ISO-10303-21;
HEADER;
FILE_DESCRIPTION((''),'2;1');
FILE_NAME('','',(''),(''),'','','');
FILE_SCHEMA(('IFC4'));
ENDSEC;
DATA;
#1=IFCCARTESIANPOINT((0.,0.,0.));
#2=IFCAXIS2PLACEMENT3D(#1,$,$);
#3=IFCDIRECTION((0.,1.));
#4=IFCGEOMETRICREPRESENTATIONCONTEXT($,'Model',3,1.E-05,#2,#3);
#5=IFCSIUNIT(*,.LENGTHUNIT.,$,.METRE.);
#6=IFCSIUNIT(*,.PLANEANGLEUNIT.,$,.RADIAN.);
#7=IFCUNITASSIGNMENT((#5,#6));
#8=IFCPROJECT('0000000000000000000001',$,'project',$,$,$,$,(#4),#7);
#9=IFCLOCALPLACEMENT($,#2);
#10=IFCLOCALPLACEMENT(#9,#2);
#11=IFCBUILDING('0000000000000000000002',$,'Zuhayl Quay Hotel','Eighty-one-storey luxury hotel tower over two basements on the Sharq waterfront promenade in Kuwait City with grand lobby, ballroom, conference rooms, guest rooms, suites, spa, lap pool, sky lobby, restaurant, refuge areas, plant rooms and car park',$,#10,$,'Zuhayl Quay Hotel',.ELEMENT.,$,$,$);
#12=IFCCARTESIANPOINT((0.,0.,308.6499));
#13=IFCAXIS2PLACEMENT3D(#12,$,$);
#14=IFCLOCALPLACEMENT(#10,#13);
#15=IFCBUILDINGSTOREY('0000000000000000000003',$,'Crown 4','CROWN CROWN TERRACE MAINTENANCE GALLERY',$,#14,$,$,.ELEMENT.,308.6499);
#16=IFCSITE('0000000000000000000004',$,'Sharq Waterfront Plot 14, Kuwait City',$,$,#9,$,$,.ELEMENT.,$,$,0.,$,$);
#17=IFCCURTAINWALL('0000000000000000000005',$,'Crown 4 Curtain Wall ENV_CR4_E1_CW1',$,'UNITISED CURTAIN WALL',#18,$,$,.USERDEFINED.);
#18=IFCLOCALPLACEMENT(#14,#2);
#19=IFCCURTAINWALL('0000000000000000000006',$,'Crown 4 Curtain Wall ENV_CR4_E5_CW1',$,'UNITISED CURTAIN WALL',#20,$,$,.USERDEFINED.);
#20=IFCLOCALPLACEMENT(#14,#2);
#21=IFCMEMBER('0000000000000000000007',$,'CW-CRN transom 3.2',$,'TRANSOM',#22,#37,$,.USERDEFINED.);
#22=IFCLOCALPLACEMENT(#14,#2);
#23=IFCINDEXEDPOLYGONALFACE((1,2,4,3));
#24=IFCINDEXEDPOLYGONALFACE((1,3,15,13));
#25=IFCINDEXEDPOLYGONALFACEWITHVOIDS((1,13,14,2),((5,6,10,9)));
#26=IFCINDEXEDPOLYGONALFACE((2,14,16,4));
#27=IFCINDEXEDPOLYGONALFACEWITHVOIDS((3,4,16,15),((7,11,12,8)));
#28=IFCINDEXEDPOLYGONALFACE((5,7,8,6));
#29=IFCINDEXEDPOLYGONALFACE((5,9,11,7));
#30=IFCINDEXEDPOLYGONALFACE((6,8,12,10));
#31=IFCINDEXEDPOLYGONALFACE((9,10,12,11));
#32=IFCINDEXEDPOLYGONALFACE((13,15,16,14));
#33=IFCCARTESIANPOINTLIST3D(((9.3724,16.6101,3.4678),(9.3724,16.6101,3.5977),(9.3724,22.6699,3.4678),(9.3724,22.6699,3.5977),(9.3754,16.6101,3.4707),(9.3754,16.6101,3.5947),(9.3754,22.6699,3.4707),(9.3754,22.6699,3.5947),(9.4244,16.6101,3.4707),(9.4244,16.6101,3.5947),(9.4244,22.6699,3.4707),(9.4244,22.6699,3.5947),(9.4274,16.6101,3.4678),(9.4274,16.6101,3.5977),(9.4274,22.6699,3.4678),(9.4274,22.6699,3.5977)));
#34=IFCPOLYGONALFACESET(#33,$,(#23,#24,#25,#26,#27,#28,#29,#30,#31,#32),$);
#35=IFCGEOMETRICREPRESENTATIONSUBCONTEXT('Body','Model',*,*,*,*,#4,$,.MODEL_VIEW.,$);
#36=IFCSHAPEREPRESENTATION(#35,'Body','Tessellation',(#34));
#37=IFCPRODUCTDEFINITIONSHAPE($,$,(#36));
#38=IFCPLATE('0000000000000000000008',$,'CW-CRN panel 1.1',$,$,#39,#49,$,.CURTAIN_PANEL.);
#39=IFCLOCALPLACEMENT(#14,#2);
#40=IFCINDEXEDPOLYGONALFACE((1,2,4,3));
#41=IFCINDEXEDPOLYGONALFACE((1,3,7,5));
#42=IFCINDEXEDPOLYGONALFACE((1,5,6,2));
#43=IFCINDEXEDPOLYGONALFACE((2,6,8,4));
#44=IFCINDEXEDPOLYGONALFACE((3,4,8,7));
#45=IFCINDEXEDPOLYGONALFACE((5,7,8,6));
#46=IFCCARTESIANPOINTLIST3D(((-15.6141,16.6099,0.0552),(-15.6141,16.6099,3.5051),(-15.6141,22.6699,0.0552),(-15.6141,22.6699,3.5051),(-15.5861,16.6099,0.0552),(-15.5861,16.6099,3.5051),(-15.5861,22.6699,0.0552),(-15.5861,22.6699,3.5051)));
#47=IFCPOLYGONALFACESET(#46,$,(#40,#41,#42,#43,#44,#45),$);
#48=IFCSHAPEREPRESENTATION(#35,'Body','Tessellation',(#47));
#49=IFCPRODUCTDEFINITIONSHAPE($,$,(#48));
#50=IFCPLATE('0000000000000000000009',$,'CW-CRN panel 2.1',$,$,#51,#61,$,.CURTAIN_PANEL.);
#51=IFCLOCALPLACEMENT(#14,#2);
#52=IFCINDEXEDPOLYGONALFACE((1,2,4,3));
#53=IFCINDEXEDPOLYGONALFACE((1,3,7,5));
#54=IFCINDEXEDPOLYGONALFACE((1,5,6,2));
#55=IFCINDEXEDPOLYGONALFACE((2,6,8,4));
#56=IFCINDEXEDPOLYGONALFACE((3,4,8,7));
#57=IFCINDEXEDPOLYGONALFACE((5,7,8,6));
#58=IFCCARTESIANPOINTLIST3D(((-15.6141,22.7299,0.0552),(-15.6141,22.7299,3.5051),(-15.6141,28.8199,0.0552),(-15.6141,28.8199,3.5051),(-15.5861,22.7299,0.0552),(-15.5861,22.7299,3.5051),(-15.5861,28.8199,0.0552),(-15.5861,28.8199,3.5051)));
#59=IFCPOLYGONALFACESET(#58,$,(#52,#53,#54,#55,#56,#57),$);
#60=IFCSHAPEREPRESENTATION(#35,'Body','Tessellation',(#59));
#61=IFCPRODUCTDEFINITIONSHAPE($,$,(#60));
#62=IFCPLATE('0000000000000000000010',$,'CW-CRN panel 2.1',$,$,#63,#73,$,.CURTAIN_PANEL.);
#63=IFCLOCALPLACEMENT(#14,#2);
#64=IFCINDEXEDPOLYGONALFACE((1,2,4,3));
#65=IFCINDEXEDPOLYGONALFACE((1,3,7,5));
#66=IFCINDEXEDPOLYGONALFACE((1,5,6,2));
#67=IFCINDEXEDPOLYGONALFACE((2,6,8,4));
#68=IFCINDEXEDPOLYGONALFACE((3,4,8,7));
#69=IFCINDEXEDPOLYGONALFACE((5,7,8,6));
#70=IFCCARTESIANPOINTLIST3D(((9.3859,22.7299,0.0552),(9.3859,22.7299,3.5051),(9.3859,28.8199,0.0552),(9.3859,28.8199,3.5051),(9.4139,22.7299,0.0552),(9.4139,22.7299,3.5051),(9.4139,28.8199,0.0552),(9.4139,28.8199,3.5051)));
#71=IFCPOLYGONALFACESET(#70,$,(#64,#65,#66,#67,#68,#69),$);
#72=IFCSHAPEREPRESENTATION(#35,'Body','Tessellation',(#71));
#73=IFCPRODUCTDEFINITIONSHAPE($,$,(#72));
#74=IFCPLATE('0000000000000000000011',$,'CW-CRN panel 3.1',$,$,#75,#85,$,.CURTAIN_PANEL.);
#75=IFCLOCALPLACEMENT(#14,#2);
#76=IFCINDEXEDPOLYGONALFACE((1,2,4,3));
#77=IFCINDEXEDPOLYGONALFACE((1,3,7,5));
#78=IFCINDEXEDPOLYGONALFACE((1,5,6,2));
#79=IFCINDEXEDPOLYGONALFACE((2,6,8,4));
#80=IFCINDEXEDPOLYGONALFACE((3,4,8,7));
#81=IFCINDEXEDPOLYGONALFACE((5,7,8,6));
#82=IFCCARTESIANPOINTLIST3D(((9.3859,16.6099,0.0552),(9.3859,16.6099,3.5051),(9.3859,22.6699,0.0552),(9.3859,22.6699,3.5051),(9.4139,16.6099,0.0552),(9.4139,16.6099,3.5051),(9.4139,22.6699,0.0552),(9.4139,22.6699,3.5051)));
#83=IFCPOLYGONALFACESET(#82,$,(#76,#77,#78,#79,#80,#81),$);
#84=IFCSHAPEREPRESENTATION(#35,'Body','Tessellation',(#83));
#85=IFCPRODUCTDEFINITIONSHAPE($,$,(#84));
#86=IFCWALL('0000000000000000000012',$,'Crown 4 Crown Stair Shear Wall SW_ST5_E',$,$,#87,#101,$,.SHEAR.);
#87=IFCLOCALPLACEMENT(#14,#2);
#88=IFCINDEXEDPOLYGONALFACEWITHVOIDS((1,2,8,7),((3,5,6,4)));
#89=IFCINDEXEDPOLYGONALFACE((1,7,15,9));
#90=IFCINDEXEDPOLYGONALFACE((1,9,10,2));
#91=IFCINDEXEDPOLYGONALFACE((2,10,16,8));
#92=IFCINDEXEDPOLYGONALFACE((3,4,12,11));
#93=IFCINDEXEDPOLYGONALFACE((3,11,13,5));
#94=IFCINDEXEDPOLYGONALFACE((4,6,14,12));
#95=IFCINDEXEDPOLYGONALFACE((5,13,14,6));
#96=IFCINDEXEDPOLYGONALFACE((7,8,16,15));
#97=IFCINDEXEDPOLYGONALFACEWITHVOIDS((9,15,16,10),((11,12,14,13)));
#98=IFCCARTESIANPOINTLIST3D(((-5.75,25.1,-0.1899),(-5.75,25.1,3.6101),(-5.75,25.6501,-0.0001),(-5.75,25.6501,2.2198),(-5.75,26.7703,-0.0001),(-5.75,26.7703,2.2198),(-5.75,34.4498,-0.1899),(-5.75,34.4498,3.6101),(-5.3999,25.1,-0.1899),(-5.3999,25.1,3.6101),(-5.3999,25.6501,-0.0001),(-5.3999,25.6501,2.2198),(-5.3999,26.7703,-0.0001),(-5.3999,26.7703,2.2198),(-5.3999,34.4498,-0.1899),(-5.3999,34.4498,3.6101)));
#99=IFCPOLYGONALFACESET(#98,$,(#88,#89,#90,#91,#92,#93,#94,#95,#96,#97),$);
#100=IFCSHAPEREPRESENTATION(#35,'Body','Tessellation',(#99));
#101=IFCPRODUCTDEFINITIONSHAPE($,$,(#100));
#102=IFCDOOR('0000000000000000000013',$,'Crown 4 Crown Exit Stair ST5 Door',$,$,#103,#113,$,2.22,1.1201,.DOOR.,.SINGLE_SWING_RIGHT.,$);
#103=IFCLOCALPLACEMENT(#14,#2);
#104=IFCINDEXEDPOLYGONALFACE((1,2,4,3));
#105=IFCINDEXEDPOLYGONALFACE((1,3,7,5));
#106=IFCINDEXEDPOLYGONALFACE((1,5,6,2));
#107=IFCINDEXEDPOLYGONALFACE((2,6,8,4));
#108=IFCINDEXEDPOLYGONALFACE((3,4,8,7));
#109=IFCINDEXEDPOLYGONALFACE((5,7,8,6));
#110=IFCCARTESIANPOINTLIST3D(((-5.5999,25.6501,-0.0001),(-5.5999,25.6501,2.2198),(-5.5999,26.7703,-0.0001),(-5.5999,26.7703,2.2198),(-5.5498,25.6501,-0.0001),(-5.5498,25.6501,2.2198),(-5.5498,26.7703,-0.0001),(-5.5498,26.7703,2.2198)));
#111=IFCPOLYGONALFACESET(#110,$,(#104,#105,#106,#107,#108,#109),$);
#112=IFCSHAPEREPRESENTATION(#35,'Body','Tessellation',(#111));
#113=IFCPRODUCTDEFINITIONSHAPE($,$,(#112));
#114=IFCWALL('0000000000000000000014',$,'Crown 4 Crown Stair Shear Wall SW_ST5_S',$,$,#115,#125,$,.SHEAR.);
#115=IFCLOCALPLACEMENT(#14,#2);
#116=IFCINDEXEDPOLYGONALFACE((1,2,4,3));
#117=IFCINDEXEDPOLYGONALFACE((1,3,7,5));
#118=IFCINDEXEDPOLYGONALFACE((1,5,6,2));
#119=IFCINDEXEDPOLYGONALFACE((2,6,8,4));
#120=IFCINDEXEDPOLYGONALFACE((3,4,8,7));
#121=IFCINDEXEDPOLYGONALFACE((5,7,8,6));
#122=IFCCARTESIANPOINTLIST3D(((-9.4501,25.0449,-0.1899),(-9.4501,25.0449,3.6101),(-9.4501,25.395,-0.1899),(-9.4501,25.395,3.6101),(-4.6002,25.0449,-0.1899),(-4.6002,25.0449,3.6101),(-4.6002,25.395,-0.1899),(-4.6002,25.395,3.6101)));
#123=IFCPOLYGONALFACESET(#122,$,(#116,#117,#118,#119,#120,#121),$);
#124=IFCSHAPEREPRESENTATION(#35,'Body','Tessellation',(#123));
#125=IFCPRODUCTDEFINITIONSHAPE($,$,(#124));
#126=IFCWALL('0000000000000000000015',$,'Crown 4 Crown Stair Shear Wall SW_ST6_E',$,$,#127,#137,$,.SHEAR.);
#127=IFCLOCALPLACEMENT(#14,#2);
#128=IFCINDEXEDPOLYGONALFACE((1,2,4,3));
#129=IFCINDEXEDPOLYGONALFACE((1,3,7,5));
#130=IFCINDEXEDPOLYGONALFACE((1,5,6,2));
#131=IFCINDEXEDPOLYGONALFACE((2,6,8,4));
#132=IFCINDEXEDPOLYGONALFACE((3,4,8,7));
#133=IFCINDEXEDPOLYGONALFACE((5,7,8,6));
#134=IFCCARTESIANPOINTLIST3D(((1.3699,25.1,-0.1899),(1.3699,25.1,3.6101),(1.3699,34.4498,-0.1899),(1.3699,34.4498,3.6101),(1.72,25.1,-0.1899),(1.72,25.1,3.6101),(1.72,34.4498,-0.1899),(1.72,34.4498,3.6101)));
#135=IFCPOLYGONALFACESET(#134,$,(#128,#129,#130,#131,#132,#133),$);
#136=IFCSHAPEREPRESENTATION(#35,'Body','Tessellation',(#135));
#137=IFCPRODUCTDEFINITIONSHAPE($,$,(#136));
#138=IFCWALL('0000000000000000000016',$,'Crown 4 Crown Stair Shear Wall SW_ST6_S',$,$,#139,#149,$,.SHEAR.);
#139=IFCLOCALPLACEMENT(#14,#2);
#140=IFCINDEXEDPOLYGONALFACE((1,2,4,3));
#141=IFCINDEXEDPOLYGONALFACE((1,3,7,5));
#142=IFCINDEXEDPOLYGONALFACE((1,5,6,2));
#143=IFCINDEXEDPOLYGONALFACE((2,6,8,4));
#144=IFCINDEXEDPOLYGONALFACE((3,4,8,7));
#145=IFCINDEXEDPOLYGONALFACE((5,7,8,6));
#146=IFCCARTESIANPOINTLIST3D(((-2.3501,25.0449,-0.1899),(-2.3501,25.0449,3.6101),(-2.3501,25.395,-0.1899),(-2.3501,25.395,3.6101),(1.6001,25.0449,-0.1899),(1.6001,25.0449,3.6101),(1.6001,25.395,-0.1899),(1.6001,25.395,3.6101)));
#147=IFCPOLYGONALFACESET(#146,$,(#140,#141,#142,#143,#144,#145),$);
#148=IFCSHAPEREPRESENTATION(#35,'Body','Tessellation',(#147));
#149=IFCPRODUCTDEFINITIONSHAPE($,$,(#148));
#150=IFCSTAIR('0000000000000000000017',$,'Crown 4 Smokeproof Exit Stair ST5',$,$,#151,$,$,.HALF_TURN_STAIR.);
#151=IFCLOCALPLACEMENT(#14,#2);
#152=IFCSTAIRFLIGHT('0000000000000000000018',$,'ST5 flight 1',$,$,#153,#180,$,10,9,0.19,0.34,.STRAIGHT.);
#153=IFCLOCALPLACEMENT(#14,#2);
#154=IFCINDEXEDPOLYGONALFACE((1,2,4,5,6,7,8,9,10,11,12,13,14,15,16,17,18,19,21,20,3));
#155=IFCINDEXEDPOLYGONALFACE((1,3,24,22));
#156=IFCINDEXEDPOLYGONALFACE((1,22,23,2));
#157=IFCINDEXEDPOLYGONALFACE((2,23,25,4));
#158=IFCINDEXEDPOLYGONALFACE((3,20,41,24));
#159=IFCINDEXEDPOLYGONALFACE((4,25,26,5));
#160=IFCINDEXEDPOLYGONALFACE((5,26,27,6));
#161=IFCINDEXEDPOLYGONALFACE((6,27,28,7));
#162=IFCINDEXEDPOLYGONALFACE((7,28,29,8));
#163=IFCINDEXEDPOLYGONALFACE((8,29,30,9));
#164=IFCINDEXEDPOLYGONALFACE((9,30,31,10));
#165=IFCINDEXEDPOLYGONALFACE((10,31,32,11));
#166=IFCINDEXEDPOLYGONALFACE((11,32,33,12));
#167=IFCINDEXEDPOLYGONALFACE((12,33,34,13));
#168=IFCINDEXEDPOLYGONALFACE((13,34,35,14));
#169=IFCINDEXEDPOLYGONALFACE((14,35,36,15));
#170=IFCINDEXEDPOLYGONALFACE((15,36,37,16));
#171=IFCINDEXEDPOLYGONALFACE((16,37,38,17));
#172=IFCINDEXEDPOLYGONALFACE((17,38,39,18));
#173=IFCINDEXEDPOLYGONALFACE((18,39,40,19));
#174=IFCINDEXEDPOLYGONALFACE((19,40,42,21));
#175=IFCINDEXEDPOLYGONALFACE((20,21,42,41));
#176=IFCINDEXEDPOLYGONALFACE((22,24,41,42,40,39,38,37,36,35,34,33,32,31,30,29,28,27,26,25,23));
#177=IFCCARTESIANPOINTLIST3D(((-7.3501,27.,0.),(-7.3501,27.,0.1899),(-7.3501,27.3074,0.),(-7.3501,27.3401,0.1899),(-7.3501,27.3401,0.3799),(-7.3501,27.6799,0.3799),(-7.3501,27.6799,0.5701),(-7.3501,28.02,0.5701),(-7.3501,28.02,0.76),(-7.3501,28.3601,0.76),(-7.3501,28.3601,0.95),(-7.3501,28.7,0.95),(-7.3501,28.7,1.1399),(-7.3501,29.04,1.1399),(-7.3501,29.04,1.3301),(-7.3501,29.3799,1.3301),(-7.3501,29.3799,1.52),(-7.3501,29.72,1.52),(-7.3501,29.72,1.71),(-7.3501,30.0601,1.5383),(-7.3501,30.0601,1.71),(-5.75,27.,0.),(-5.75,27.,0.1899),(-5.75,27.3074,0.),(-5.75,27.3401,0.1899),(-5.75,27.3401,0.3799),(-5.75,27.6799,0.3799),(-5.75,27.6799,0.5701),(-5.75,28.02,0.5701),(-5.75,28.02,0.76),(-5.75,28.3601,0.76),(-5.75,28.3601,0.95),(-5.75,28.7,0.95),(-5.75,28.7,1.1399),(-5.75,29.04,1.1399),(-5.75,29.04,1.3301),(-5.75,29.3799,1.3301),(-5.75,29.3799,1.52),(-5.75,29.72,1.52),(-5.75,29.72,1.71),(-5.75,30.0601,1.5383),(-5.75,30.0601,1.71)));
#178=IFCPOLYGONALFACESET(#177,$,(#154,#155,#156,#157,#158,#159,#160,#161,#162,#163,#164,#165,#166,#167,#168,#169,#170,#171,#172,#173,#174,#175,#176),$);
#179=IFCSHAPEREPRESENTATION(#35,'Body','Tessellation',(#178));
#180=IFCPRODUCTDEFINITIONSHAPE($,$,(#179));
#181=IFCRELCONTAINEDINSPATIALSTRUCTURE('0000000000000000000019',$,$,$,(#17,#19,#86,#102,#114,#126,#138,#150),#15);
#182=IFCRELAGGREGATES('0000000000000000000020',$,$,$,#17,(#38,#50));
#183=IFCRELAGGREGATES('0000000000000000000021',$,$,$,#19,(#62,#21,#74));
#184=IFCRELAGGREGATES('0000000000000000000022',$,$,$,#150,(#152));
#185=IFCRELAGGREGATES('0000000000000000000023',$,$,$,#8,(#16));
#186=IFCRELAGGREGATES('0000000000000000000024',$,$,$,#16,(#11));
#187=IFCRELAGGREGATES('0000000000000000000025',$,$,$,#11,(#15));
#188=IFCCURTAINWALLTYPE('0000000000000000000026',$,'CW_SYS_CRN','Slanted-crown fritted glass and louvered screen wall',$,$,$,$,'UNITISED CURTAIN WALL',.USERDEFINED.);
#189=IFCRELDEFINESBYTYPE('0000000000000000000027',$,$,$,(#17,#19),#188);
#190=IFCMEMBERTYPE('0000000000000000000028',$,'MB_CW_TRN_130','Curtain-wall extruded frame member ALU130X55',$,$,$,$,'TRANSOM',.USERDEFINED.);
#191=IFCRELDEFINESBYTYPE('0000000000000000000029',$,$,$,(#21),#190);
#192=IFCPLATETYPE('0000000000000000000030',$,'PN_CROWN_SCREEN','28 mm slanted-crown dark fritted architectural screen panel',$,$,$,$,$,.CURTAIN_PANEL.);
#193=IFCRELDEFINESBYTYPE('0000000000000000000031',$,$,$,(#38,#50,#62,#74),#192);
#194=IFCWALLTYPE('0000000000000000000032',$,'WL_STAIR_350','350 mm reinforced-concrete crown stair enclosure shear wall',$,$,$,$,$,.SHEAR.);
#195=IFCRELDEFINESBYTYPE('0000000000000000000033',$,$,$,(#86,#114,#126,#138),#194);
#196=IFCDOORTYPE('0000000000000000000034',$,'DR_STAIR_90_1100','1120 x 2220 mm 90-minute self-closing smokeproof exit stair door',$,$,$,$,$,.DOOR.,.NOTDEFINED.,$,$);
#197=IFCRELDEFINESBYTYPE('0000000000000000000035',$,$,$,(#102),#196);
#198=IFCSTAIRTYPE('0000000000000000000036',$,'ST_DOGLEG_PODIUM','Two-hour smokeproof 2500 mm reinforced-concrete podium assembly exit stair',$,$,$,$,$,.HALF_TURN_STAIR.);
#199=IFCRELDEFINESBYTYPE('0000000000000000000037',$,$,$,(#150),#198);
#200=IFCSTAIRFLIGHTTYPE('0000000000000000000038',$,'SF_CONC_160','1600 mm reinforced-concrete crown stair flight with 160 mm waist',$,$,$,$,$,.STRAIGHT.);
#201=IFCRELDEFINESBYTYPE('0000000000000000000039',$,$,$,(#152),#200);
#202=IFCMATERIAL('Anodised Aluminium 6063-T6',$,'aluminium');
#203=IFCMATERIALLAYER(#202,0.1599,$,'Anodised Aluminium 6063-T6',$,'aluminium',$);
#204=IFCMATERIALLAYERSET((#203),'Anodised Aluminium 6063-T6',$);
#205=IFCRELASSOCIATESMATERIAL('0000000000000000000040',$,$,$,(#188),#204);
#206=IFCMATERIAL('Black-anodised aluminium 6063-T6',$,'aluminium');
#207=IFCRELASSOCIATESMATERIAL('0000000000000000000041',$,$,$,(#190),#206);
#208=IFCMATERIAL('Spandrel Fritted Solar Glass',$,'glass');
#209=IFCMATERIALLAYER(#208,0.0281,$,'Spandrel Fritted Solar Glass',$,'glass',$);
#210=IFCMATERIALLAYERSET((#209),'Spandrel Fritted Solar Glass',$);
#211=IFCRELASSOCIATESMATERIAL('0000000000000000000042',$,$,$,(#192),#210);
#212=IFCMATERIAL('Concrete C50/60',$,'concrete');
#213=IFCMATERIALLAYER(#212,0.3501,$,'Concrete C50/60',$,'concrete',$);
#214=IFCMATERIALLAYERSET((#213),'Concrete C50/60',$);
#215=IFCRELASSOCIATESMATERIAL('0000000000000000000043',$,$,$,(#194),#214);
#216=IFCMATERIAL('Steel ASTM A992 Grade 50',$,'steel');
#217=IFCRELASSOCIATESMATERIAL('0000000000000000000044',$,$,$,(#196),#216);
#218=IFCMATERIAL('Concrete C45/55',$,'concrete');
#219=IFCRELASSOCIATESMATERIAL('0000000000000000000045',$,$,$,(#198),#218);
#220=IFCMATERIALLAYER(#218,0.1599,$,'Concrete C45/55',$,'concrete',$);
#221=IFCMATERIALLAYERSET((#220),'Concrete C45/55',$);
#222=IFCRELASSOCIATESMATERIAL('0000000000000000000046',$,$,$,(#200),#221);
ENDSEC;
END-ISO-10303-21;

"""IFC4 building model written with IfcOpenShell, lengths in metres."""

from ifc_helpers import new_model, si_unit, direction, frame, frame_2d, origin, origin_2d, place, context, subcontext, project, spatial, polyline, rectangle, hollow_rectangle, outline, extrude, material, layer, layer_set, material_profile, profile_set, type_object, element, fill, aggregate, save


model = new_model("IFC4")

# Units and contexts
model_context = context("Model", 3, precision=1e-05, world=origin(), true_north=direction((0.0, 1.0)))
body_context = subcontext(model_context, "Body", "Model", "MODEL_VIEW")
ifc_project = project(units=[si_unit("LENGTHUNIT", "METRE"), si_unit("PLANEANGLEUNIT", "RADIAN")], contexts=[model_context])

# Site, building, storey
site_placement = place(None, origin())
site = spatial("IfcSite", under=ifc_project, at=site_placement, Name="Sharq Waterfront Plot 14, Kuwait City", CompositionType="ELEMENT", RefElevation=0.0)
building_placement = place(site_placement, origin())
building = spatial("IfcBuilding", under=site, at=building_placement, Name="Zuhayl Quay Hotel", Description="Eighty-one-storey luxury hotel tower over two basements on the Sharq waterfront promenade in Kuwait City with grand lobby, ballroom, conference rooms, guest rooms, suites, spa, lap pool, sky lobby, restaurant, refuge areas, plant rooms and car park", LongName="Zuhayl Quay Hotel", CompositionType="ELEMENT")
storey_placement = place(building_placement, frame((0.0, 0.0, 308.6499)))
storey = spatial("IfcBuildingStorey", under=building, at=storey_placement, Name="Crown 4", Description="CROWN CROWN TERRACE MAINTENANCE GALLERY", CompositionType="ELEMENT", Elevation=308.6499)

# Curtain walls
ifc_material_1 = material(Name="Anodised Aluminium 6063-T6", Category="aluminium")
ifc_layer_1 = layer(ifc_material_1, 0.1599, Name="Anodised Aluminium 6063-T6", Category="aluminium")
ifc_layer_set_1 = layer_set([ifc_layer_1], Name="Anodised Aluminium 6063-T6")
curtain_wall_type = type_object("IfcCurtainWallType", Name="CW_SYS_CRN", Description="Slanted-crown fritted glass and louvered screen wall", ElementType="UNITISED CURTAIN WALL", PredefinedType="USERDEFINED", material=ifc_layer_set_1)
curtain_wall_1_placement = place(storey_placement, origin())
curtain_wall_1 = element("IfcCurtainWall", 1, at=curtain_wall_1_placement, inside=storey, type_object=curtain_wall_type, Name="Crown 4 Curtain Wall ENV_CR4_E1_CW1", ObjectType="UNITISED CURTAIN WALL", PredefinedType="USERDEFINED")
ifc_material_2 = material(Name="Black-anodised aluminium 6063-T6", Category="aluminium")
curtain_wall_2_placement = place(storey_placement, origin())
curtain_wall_2 = element("IfcCurtainWall", 2, at=curtain_wall_2_placement, inside=storey, type_object=curtain_wall_type, Name="Crown 4 Curtain Wall ENV_CR4_E5_CW1", ObjectType="UNITISED CURTAIN WALL", PredefinedType="USERDEFINED")

# Member
ifc_material_profile_1 = material_profile(ifc_material_2, hollow_rectangle(XDim=0.0549, YDim=0.1299, WallThickness=0.0029, at=origin_2d()), Name="ALU130X55")
ifc_profile_set_1 = profile_set([ifc_material_profile_1], Name="Black-anodised aluminium 6063-T6")
member_type_1 = type_object("IfcMemberType", Name="MB_CW_TRN_130", Description="Curtain-wall extruded frame member ALU130X55", ElementType="TRANSOM", PredefinedType="USERDEFINED", material=ifc_profile_set_1)
member_1_placement = place(storey_placement, frame((9.3999, 22.6699, 3.5327), z_axis=(0.0, -1.0, 0.0), x_axis=(1.0, 0.0, 0.0)))
member_1 = element("IfcMember", 3, at=member_1_placement, type_object=member_type_1, Name="CW-CRN transom 3.2", ObjectType="TRANSOM", PredefinedType="USERDEFINED", context=body_context, shape_type="SweptSolid", body=[
    extrude(hollow_rectangle(XDim=0.0549, YDim=0.1299, WallThickness=0.0029, at=origin_2d()), origin(), (0.0, 0.0, 1.0), 6.0598),
])

# Plates
ifc_material_3 = material(Name="Spandrel Fritted Solar Glass", Category="glass")
ifc_layer_2 = layer(ifc_material_3, 0.0281, Name="Spandrel Fritted Solar Glass", Category="glass")
ifc_layer_set_2 = layer_set([ifc_layer_2], Name="Spandrel Fritted Solar Glass")
plate_type = type_object("IfcPlateType", Name="PN_CROWN_SCREEN", Description="28 mm slanted-crown dark fritted architectural screen panel", PredefinedType="CURTAIN_PANEL", material=ifc_layer_set_2)
plate_1_placement = place(storey_placement, frame((-15.6001, 19.6399, 0.0552), z_axis=(0.0, 0.0, 1.0), x_axis=(0.0, 1.0, 0.0)))
plate_1 = element("IfcPlate", 4, at=plate_1_placement, type_object=plate_type, Name="CW-CRN panel 1.1", PredefinedType="CURTAIN_PANEL", context=body_context, shape_type="SweptSolid", body=[
    extrude(rectangle(XDim=6.0601, YDim=0.0281, at=origin_2d()), origin(), (0.0, 0.0, 1.0), 3.45),
])
plate_2_placement = place(storey_placement, frame((-15.6001, 25.7749, 0.0552), z_axis=(0.0, 0.0, 1.0), x_axis=(0.0, 1.0, 0.0)))
plate_2 = element("IfcPlate", 5, at=plate_2_placement, type_object=plate_type, Name="CW-CRN panel 2.1", PredefinedType="CURTAIN_PANEL", context=body_context, shape_type="SweptSolid", body=[
    extrude(rectangle(XDim=6.0901, YDim=0.0281, at=origin_2d()), origin(), (0.0, 0.0, 1.0), 3.45),
])
aggregate(curtain_wall_1, [plate_1, plate_2])
plate_3_placement = place(storey_placement, frame((9.3999, 25.7749, 0.0552), z_axis=(0.0, 0.0, 1.0), x_axis=(0.0, -1.0, 0.0)))
plate_3 = element("IfcPlate", 6, at=plate_3_placement, type_object=plate_type, Name="CW-CRN panel 2.1", PredefinedType="CURTAIN_PANEL", context=body_context, shape_type="SweptSolid", body=[
    extrude(rectangle(XDim=6.0901, YDim=0.0281, at=origin_2d()), origin(), (0.0, 0.0, 1.0), 3.45),
])
plate_4_placement = place(storey_placement, frame((9.3999, 19.6399, 0.0552), z_axis=(0.0, 0.0, 1.0), x_axis=(0.0, -1.0, 0.0)))
plate_4 = element("IfcPlate", 7, at=plate_4_placement, type_object=plate_type, Name="CW-CRN panel 3.1", PredefinedType="CURTAIN_PANEL", context=body_context, shape_type="SweptSolid", body=[
    extrude(rectangle(XDim=6.0601, YDim=0.0281, at=origin_2d()), origin(), (0.0, 0.0, 1.0), 3.45),
])
aggregate(curtain_wall_2, [plate_3, member_1, plate_4])

# Wall, opening, door
ifc_material_4 = material(Name="Concrete C50/60", Category="concrete")
ifc_layer_3 = layer(ifc_material_4, 0.3501, Name="Concrete C50/60", Category="concrete")
ifc_layer_set_3 = layer_set([ifc_layer_3], Name="Concrete C50/60")
wall_type = type_object("IfcWallType", Name="WL_STAIR_350", Description="350 mm reinforced-concrete crown stair enclosure shear wall", PredefinedType="SHEAR", material=ifc_layer_set_3)
wall_1_placement = place(storey_placement, frame((-5.575, 25.1001, -0.1899), z_axis=(0.0, 0.0, 1.0), x_axis=(0.0, 1.0, 0.0)))
wall_1 = element("IfcWall", 8, at=wall_1_placement, inside=storey, type_object=wall_type, Name="Crown 4 Crown Stair Shear Wall SW_ST5_E", PredefinedType="SHEAR", context=body_context, shape_type="SweptSolid", body=[
    extrude(rectangle(XDim=9.3499, YDim=0.3501, at=frame_2d((4.6748, 0.0))), origin(), (0.0, 0.0, 1.0), 3.8),
])
opening_placement = place(wall_1_placement, frame((0.55, 0.0, 0.1899)))
opening = element("IfcOpeningElement", 9, at=opening_placement, cuts=wall_1, PredefinedType="OPENING", context=body_context, shape_type="SweptSolid", body=[
    extrude(rectangle(XDim=1.1201, YDim=2.22, at=frame_2d((0.5601, 1.1099))), frame((0.0, 0.1851, 0.0), z_axis=(0.0, -1.0, 0.0), x_axis=(1.0, 0.0, 0.0)), (0.0, 0.0, 1.0), 0.3701),
])
ifc_material_5 = material(Name="Steel ASTM A992 Grade 50", Category="steel")
door_type = type_object("IfcDoorType", Name="DR_STAIR_90_1100", Description="1120 x 2220 mm 90-minute self-closing smokeproof exit stair door", OperationType="NOTDEFINED", PredefinedType="DOOR", material=ifc_material_5)
door_placement = place(opening_placement, origin())
door = element("IfcDoor", 10, at=door_placement, inside=storey, type_object=door_type, Name="Crown 4 Crown Exit Stair ST5 Door", OperationType="SINGLE_SWING_RIGHT", OverallHeight=2.22, OverallWidth=1.1201, PredefinedType="DOOR", context=body_context, shape_type="SweptSolid", body=[
    extrude(rectangle(XDim=1.1201, YDim=2.22, at=frame_2d((0.5601, 1.1099))), frame((0.0, 0.0249, 0.0), z_axis=(0.0, -1.0, 0.0), x_axis=(1.0, 0.0, 0.0)), (0.0, 0.0, 1.0), 0.05),
])
fill(opening, door)

# Walls
wall_2_placement = place(storey_placement, frame((-9.45, 25.22, -0.1899), z_axis=(0.0, 0.0, 1.0), x_axis=(1.0, 0.0, 0.0)))
element("IfcWall", 11, at=wall_2_placement, inside=storey, type_object=wall_type, Name="Crown 4 Crown Stair Shear Wall SW_ST5_S", PredefinedType="SHEAR", context=body_context, shape_type="SweptSolid", body=[
    extrude(rectangle(XDim=4.8499, YDim=0.3501, at=frame_2d((2.4248, 0.0))), origin(), (0.0, 0.0, 1.0), 3.8),
])
wall_3_placement = place(storey_placement, frame((1.5449, 25.1001, -0.1899), z_axis=(0.0, 0.0, 1.0), x_axis=(0.0, 1.0, 0.0)))
element("IfcWall", 12, at=wall_3_placement, inside=storey, type_object=wall_type, Name="Crown 4 Crown Stair Shear Wall SW_ST6_E", PredefinedType="SHEAR", context=body_context, shape_type="SweptSolid", body=[
    extrude(rectangle(XDim=9.3499, YDim=0.3501, at=frame_2d((4.6748, 0.0))), origin(), (0.0, 0.0, 1.0), 3.8),
])
wall_4_placement = place(storey_placement, frame((-2.3501, 25.22, -0.1899), z_axis=(0.0, 0.0, 1.0), x_axis=(1.0, 0.0, 0.0)))
element("IfcWall", 13, at=wall_4_placement, inside=storey, type_object=wall_type, Name="Crown 4 Crown Stair Shear Wall SW_ST6_S", PredefinedType="SHEAR", context=body_context, shape_type="SweptSolid", body=[
    extrude(rectangle(XDim=3.9502, YDim=0.3501, at=frame_2d((1.9751, 0.0))), origin(), (0.0, 0.0, 1.0), 3.8),
])

# Stair, stair flight
ifc_material_6 = material(Name="Concrete C45/55", Category="concrete")
stair_type = type_object("IfcStairType", Name="ST_DOGLEG_PODIUM", Description="Two-hour smokeproof 2500 mm reinforced-concrete podium assembly exit stair", PredefinedType="HALF_TURN_STAIR", material=ifc_material_6)
stair_placement = place(storey_placement, origin())
stair = element("IfcStair", 14, at=stair_placement, inside=storey, type_object=stair_type, Name="Crown 4 Smokeproof Exit Stair ST5", PredefinedType="HALF_TURN_STAIR")
ifc_layer_4 = layer(ifc_material_6, 0.1599, Name="Concrete C45/55", Category="concrete")
ifc_layer_set_4 = layer_set([ifc_layer_4], Name="Concrete C45/55")
stair_flight_type = type_object("IfcStairFlightType", Name="SF_CONC_160", Description="1600 mm reinforced-concrete crown stair flight with 160 mm waist", PredefinedType="STRAIGHT", material=ifc_layer_set_4)
stair_flight_placement = place(storey_placement, frame((-6.55, 27.0, 0.0), z_axis=(0.0, 0.0, 1.0), x_axis=(0.0, 1.0, 0.0)))
stair_flight = element("IfcStairFlight", 15, at=stair_flight_placement, type_object=stair_flight_type, Name="ST5 flight 1", NumberOfRisers=10, NumberOfTreads=9, PredefinedType="STRAIGHT", RiserHeight=0.19, TreadLength=0.34, context=body_context, shape_type="SweptSolid", body=[
    extrude(outline(polyline([(0.0, 0.0), (0.0, 0.1899), (0.3401, 0.1899), (0.3401, 0.3799), (0.6799, 0.3799), (0.6799, 0.5701), (1.02, 0.5701), (1.02, 0.76), (1.3601, 0.76), (1.3601, 0.95), (1.7, 0.95), (1.7, 1.1399), (2.04, 1.1399), (2.04, 1.3301), (2.3799, 1.3301), (2.3799, 1.52), (2.72, 1.52), (2.72, 1.71), (3.0601, 1.71), (3.0601, 1.8999), (3.0601, 1.5383), (0.3074, 0.0), (0.0, 0.0)])), frame((0.0, 0.8, 0.0), z_axis=(0.0, -1.0, 0.0), x_axis=(1.0, 0.0, 0.0)), (0.0, 0.0, 1.0), 1.6001),
])
aggregate(stair, [stair_flight])

save(model, "model.ifc")
